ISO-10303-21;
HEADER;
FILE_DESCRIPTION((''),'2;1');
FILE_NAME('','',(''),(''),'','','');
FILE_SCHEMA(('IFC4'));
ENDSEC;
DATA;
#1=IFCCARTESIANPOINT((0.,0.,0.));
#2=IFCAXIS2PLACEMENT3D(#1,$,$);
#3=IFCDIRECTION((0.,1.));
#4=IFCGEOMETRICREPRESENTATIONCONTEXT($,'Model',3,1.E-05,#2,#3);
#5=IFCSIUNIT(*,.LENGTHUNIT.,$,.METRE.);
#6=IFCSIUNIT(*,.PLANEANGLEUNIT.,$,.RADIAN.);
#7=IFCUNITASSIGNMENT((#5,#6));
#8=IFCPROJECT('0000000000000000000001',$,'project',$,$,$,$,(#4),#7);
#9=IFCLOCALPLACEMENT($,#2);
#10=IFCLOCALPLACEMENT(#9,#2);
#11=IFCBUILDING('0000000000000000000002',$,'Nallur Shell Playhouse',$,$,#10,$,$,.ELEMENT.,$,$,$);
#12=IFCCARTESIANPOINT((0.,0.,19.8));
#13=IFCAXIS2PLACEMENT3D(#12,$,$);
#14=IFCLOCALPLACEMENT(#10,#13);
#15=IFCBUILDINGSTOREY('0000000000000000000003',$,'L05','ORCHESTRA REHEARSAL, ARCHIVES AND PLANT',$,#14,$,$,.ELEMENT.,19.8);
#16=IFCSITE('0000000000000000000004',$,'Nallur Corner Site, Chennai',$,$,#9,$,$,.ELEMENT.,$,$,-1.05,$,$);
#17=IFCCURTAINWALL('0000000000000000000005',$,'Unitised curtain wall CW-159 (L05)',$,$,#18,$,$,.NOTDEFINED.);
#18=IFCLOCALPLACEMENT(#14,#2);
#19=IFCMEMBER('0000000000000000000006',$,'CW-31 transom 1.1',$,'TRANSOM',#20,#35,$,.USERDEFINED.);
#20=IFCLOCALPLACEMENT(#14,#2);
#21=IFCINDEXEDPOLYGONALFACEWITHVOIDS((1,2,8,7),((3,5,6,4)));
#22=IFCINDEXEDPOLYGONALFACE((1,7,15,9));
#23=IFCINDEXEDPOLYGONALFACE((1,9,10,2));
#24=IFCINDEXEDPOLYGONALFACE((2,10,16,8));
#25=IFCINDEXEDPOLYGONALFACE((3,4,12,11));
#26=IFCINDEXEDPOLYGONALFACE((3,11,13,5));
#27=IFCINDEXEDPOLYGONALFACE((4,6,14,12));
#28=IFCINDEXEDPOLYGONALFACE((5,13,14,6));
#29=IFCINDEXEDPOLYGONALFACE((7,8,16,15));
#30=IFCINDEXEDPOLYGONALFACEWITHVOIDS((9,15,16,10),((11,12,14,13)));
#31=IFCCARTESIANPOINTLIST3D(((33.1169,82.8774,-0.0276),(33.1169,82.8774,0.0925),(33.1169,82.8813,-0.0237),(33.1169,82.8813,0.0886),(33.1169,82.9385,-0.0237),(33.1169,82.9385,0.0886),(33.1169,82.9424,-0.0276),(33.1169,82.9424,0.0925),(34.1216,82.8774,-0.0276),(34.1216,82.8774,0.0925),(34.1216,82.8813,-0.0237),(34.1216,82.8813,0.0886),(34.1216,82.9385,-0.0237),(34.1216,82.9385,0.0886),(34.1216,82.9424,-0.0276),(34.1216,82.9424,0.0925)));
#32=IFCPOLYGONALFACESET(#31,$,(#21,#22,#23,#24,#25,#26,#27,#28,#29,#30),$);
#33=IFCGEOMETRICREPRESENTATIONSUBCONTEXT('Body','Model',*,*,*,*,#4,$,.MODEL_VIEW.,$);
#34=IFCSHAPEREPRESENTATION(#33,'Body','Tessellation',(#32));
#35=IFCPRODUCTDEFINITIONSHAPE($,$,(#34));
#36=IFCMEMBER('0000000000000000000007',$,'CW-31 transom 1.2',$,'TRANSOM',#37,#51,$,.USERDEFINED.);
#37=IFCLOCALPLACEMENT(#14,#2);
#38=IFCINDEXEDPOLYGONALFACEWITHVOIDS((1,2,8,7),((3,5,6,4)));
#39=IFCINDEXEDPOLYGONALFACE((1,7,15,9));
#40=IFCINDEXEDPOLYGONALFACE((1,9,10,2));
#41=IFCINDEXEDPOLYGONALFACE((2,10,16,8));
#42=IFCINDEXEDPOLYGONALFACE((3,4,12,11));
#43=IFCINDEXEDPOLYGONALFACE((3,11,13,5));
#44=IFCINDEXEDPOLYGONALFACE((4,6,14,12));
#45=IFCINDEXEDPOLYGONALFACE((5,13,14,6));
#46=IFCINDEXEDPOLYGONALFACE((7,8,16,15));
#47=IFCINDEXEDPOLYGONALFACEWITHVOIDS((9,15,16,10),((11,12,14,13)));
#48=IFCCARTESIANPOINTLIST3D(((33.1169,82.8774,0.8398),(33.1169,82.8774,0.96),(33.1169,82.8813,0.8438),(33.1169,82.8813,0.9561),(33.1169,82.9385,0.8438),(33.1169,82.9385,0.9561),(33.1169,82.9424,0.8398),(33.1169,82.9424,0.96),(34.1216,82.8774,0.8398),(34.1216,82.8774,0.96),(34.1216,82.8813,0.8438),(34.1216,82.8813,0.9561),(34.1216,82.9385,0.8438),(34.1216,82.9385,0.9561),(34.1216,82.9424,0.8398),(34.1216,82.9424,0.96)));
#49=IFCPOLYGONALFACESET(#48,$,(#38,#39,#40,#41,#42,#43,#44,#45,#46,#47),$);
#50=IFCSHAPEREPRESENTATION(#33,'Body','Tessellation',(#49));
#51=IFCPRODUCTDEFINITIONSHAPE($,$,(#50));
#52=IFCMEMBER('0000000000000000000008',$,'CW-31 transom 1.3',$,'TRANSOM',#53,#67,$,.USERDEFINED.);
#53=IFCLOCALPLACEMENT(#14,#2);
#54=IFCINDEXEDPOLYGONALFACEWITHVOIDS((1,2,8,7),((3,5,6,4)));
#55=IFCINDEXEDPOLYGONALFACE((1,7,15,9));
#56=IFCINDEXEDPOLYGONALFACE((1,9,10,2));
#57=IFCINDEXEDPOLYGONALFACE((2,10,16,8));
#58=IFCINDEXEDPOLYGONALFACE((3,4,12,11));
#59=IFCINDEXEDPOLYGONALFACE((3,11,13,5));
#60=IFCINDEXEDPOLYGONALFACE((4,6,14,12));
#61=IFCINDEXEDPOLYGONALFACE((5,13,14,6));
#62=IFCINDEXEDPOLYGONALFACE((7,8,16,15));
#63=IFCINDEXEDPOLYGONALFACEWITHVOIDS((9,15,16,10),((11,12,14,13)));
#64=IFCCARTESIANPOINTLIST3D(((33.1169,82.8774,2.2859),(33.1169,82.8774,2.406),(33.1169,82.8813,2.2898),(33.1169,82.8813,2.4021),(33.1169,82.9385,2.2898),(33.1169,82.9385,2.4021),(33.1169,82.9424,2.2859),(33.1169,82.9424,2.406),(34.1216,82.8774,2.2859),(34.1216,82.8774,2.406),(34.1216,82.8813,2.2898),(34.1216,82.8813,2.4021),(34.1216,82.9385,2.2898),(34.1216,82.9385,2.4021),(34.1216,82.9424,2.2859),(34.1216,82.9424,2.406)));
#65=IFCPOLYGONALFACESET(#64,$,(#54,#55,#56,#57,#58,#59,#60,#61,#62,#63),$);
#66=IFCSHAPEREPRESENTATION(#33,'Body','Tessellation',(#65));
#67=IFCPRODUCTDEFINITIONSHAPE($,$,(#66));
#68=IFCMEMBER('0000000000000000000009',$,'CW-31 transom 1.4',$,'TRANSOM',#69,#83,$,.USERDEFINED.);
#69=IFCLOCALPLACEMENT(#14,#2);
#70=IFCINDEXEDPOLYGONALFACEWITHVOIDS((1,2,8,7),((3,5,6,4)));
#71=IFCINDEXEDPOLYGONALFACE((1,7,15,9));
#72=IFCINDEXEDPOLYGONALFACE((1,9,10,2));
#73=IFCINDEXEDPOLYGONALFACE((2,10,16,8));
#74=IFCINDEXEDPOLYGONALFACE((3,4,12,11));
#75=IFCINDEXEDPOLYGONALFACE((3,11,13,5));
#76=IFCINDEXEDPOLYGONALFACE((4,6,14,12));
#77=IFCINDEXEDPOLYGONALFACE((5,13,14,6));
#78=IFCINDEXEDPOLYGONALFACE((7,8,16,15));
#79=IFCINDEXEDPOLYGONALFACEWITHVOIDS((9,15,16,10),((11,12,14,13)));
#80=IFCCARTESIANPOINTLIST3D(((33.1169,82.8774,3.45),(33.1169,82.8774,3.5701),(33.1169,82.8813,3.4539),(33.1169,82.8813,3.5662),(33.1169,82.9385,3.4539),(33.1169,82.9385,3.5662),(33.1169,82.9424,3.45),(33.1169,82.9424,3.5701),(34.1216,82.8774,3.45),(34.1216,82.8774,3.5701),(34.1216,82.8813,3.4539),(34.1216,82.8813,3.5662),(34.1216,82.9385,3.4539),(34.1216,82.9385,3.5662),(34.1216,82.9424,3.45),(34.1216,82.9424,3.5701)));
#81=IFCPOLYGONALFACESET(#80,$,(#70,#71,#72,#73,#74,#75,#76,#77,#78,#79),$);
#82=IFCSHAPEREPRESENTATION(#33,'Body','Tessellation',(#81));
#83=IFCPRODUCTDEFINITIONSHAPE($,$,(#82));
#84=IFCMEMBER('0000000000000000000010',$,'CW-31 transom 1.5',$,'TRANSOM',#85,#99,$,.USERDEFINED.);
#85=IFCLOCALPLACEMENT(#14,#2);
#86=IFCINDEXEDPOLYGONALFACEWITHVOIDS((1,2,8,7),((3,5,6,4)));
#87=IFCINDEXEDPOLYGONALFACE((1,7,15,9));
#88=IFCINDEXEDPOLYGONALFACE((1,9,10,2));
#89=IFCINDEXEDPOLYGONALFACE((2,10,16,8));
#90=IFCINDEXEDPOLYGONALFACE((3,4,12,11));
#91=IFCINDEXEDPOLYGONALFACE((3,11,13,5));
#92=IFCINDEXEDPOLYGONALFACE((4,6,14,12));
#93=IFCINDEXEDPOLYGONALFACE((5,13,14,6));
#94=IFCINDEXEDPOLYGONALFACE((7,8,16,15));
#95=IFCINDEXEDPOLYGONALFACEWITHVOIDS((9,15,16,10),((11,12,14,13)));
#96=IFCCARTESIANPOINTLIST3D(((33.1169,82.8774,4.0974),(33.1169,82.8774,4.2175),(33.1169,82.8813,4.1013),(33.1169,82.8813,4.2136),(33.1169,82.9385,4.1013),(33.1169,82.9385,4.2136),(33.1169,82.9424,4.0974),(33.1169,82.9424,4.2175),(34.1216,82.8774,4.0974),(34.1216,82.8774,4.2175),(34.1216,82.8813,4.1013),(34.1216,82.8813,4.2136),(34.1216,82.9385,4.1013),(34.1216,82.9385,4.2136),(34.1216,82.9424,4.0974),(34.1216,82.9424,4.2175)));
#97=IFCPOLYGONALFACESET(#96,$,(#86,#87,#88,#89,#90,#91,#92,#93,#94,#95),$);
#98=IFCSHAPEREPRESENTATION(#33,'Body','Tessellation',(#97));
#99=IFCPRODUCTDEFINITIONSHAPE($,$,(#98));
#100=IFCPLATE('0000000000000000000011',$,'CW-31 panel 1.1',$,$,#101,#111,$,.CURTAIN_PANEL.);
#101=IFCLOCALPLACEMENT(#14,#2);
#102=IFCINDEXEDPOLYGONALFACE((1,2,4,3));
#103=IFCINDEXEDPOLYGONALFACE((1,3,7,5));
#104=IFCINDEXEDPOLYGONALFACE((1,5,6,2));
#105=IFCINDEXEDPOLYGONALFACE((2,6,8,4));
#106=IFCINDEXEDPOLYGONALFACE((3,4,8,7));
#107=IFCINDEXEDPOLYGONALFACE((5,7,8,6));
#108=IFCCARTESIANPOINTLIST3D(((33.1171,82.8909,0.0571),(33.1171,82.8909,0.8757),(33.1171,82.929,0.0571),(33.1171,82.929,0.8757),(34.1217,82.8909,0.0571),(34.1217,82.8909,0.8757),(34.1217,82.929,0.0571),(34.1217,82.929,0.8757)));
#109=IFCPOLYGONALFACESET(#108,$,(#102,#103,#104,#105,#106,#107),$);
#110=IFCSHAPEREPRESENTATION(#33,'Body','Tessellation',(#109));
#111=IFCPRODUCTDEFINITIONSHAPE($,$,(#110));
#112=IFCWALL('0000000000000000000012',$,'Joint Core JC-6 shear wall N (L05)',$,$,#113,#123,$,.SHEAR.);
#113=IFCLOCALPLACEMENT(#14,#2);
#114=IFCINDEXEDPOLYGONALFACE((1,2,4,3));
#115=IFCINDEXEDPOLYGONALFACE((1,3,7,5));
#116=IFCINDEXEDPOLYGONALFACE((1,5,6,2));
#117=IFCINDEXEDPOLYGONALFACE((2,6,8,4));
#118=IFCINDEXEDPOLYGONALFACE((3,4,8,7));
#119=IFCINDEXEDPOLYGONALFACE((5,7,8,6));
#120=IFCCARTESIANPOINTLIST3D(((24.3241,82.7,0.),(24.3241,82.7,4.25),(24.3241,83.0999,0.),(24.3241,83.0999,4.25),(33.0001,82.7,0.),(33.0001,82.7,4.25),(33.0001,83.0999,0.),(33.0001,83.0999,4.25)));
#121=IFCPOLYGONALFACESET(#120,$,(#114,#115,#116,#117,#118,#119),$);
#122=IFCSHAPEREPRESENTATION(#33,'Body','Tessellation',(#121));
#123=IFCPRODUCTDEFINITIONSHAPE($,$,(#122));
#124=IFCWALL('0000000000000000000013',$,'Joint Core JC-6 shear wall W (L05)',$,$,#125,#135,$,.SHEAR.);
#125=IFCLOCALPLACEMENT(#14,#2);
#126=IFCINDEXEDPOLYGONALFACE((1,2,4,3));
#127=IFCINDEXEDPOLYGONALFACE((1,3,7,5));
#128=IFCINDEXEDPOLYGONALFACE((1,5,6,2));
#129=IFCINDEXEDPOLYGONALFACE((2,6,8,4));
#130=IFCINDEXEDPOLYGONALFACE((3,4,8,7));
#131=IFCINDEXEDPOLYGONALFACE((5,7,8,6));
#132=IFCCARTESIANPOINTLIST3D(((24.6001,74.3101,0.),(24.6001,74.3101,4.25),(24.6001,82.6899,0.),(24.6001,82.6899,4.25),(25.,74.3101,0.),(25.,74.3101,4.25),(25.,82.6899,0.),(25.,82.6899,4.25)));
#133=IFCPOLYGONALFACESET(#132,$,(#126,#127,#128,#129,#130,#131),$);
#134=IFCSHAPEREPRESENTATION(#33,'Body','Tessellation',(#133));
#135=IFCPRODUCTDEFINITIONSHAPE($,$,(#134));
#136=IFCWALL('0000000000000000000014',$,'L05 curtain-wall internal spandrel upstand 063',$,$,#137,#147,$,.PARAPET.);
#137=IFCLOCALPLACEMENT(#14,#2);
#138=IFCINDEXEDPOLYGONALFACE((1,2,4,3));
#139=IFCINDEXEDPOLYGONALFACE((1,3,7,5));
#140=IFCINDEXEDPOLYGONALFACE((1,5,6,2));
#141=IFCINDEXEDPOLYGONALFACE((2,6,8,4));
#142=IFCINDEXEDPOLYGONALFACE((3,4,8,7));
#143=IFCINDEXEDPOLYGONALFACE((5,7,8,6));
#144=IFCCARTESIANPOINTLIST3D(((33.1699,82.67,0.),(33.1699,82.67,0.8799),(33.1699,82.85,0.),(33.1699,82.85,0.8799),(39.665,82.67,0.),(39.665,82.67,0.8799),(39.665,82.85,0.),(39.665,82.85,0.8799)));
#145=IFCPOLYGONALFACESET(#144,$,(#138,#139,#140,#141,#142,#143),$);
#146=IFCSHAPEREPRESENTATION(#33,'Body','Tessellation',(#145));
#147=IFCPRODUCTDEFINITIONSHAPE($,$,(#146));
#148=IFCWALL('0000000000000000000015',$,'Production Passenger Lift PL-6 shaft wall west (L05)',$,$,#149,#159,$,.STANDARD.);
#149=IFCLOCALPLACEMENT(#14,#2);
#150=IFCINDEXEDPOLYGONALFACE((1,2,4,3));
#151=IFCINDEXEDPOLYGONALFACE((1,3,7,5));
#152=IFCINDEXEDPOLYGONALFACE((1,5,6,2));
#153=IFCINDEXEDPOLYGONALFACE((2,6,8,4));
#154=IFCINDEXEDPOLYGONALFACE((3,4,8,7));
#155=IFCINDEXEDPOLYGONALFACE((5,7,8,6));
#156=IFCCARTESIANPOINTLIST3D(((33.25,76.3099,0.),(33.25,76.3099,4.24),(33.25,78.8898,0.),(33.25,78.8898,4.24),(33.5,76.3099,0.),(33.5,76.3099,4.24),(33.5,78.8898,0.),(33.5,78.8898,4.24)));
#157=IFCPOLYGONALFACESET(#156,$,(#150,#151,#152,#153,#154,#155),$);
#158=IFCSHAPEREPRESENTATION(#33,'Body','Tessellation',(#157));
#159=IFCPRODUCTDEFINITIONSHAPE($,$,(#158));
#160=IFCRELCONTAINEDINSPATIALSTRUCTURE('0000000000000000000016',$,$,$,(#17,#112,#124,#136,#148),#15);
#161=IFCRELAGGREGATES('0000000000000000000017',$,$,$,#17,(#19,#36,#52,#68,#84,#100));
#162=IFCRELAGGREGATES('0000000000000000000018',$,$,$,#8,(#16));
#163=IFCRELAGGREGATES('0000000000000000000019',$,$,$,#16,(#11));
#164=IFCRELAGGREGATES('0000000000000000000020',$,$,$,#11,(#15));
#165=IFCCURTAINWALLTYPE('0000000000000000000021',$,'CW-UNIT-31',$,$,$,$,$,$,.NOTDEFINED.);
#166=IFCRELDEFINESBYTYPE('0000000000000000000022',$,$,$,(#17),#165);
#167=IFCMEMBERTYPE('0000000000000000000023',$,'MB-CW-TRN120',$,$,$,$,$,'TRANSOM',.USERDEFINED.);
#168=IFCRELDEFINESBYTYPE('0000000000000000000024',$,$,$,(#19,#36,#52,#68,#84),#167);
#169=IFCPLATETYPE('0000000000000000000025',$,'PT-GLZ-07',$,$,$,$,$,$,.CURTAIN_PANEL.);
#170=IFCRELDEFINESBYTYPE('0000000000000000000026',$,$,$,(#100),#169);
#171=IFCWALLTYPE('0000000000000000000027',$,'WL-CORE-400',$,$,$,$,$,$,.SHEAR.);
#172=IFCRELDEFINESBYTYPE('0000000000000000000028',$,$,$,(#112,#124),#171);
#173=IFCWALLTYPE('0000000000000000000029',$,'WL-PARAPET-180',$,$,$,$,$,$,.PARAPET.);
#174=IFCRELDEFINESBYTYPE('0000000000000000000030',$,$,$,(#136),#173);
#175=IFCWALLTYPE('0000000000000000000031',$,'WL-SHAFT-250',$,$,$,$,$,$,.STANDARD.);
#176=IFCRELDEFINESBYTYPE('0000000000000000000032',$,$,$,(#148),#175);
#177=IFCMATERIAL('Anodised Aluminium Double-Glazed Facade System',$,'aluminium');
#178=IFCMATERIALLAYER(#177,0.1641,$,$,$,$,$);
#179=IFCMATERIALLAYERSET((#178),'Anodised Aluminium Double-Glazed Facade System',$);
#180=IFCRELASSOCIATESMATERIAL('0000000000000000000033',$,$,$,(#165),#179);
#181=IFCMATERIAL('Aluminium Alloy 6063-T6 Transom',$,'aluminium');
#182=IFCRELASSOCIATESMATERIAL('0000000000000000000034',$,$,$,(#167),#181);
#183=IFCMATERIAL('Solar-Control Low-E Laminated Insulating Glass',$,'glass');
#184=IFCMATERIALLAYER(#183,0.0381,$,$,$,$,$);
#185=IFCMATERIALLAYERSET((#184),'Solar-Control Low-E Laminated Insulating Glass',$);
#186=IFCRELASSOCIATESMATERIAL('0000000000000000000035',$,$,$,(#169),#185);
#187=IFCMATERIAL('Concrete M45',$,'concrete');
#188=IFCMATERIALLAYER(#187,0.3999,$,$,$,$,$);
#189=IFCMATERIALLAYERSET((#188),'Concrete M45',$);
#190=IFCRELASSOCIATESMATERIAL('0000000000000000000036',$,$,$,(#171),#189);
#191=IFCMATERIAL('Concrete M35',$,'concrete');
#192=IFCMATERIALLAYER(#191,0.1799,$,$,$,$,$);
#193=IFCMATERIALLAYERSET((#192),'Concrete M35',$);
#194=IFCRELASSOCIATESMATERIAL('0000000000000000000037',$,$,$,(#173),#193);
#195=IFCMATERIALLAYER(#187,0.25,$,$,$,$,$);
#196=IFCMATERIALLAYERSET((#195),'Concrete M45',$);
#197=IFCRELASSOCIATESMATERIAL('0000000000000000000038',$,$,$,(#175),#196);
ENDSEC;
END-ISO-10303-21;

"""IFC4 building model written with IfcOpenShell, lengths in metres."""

from ifc_helpers import new_model, si_unit, direction, frame, frame_2d, origin, origin_2d, place, context, subcontext, project, spatial, rectangle, hollow_rectangle, extrude, material, layer, layer_set, material_profile, profile_set, type_object, element, aggregate, save


model = new_model("IFC4")

# Units and contexts
model_context = context("Model", 3, precision=1e-05, world=origin(), true_north=direction((0.0, 1.0)))
body_context = subcontext(model_context, "Body", "Model", "MODEL_VIEW")
ifc_project = project(units=[si_unit("LENGTHUNIT", "METRE"), si_unit("PLANEANGLEUNIT", "RADIAN")], contexts=[model_context])

# Site, building, storey
site_placement = place(None, origin())
site = spatial("IfcSite", under=ifc_project, at=site_placement, Name="Nallur Corner Site, Chennai", CompositionType="ELEMENT", RefElevation=-1.05)
building_placement = place(site_placement, origin())
building = spatial("IfcBuilding", under=site, at=building_placement, Name="Nallur Shell Playhouse", CompositionType="ELEMENT")
storey_placement = place(building_placement, frame((0.0, 0.0, 19.8)))
storey = spatial("IfcBuildingStorey", under=building, at=storey_placement, Name="L05", Description="ORCHESTRA REHEARSAL, ARCHIVES AND PLANT", CompositionType="ELEMENT", Elevation=19.8)

# Shared definitions
ifc_material_1 = material(Name="Concrete M35", Category="concrete")

# Curtain wall, members, plate
ifc_material_2 = material(Name="Anodised Aluminium Double-Glazed Facade System", Category="aluminium")
ifc_layer_1 = layer(ifc_material_2, 0.1641)
ifc_layer_set_1 = layer_set([ifc_layer_1], Name="Anodised Aluminium Double-Glazed Facade System")
curtain_wall_type = type_object("IfcCurtainWallType", Name="CW-UNIT-31", PredefinedType="NOTDEFINED", material=ifc_layer_set_1)
curtain_wall_placement = place(storey_placement, origin())
curtain_wall = element("IfcCurtainWall", 1, at=curtain_wall_placement, inside=storey, type_object=curtain_wall_type, Name="Unitised curtain wall CW-159 (L05)", PredefinedType="NOTDEFINED")
ifc_material_3 = material(Name="Aluminium Alloy 6063-T6 Transom", Category="aluminium")
ifc_material_profile_1 = material_profile(ifc_material_3, hollow_rectangle(XDim=0.0649, YDim=0.1201, WallThickness=0.0039, at=origin_2d()), Name="ALU 65x120x4")
ifc_profile_set_1 = profile_set([ifc_material_profile_1], Name="Aluminium Alloy 6063-T6 Transom")
member_type_1 = type_object("IfcMemberType", Name="MB-CW-TRN120", ElementType="TRANSOM", PredefinedType="USERDEFINED", material=ifc_profile_set_1)
member_1_placement = place(storey_placement, frame((33.1169, 82.9099, 0.0325), z_axis=(1.0, 0.0, 0.0), x_axis=(0.0, 1.0, 0.0)))
member_1 = element("IfcMember", 2, at=member_1_placement, type_object=member_type_1, Name="CW-31 transom 1.1", ObjectType="TRANSOM", PredefinedType="USERDEFINED", context=body_context, shape_type="SweptSolid", body=[
    extrude(hollow_rectangle(XDim=0.0649, YDim=0.1201, WallThickness=0.0039, at=origin_2d()), origin(), (0.0, 0.0, 1.0), 1.0046),
])
member_2_placement = place(storey_placement, frame((33.1169, 82.9099, 0.8999), z_axis=(1.0, 0.0, 0.0), x_axis=(0.0, 1.0, 0.0)))
member_2 = element("IfcMember", 3, at=member_2_placement, type_object=member_type_1, Name="CW-31 transom 1.2", ObjectType="TRANSOM", PredefinedType="USERDEFINED", context=body_context, shape_type="SweptSolid", body=[
    extrude(hollow_rectangle(XDim=0.0649, YDim=0.1201, WallThickness=0.0039, at=origin_2d()), origin(), (0.0, 0.0, 1.0), 1.0046),
])
member_3_placement = place(storey_placement, frame((33.1169, 82.9099, 2.3459), z_axis=(1.0, 0.0, 0.0), x_axis=(0.0, 1.0, 0.0)))
member_3 = element("IfcMember", 4, at=member_3_placement, type_object=member_type_1, Name="CW-31 transom 1.3", ObjectType="TRANSOM", PredefinedType="USERDEFINED", context=body_context, shape_type="SweptSolid", body=[
    extrude(hollow_rectangle(XDim=0.0649, YDim=0.1201, WallThickness=0.0039, at=origin_2d()), origin(), (0.0, 0.0, 1.0), 1.0046),
])
member_4_placement = place(storey_placement, frame((33.1169, 82.9099, 3.51), z_axis=(1.0, 0.0, 0.0), x_axis=(0.0, 1.0, 0.0)))
member_4 = element("IfcMember", 5, at=member_4_placement, type_object=member_type_1, Name="CW-31 transom 1.4", ObjectType="TRANSOM", PredefinedType="USERDEFINED", context=body_context, shape_type="SweptSolid", body=[
    extrude(hollow_rectangle(XDim=0.0649, YDim=0.1201, WallThickness=0.0039, at=origin_2d()), origin(), (0.0, 0.0, 1.0), 1.0046),
])
member_5_placement = place(storey_placement, frame((33.1169, 82.9099, 4.1575), z_axis=(1.0, 0.0, 0.0), x_axis=(0.0, 1.0, 0.0)))
member_5 = element("IfcMember", 6, at=member_5_placement, type_object=member_type_1, Name="CW-31 transom 1.5", ObjectType="TRANSOM", PredefinedType="USERDEFINED", context=body_context, shape_type="SweptSolid", body=[
    extrude(hollow_rectangle(XDim=0.0649, YDim=0.1201, WallThickness=0.0039, at=origin_2d()), origin(), (0.0, 0.0, 1.0), 1.0046),
])
ifc_material_4 = material(Name="Solar-Control Low-E Laminated Insulating Glass", Category="glass")
ifc_layer_2 = layer(ifc_material_4, 0.0381)
ifc_layer_set_2 = layer_set([ifc_layer_2], Name="Solar-Control Low-E Laminated Insulating Glass")
plate_type = type_object("IfcPlateType", Name="PT-GLZ-07", PredefinedType="CURTAIN_PANEL", material=ifc_layer_set_2)
plate_placement = place(storey_placement, frame((33.6194, 82.9099, 0.0571), z_axis=(0.0, 0.0, 1.0), x_axis=(1.0, 0.0, 0.0)))
plate = element("IfcPlate", 7, at=plate_placement, type_object=plate_type, Name="CW-31 panel 1.1", PredefinedType="CURTAIN_PANEL", context=body_context, shape_type="SweptSolid", body=[
    extrude(rectangle(XDim=1.0046, YDim=0.0381, at=origin_2d()), origin(), (0.0, 0.0, 1.0), 0.8186),
])
aggregate(curtain_wall, [member_1, member_2, member_3, member_4, member_5, plate])

# Walls
ifc_material_5 = material(Name="Concrete M45", Category="concrete")
ifc_layer_3 = layer(ifc_material_5, 0.3999)
ifc_layer_set_3 = layer_set([ifc_layer_3], Name="Concrete M45")
wall_type_1 = type_object("IfcWallType", Name="WL-CORE-400", PredefinedType="SHEAR", material=ifc_layer_set_3)
wall_1_placement = place(storey_placement, frame((33.0, 82.8999, 0.0), z_axis=(0.0, 0.0, 1.0), x_axis=(-1.0, 0.0, 0.0)))
element("IfcWall", 8, at=wall_1_placement, inside=storey, type_object=wall_type_1, Name="Joint Core JC-6 shear wall N (L05)", PredefinedType="SHEAR", context=body_context, shape_type="SweptSolid", body=[
    extrude(rectangle(XDim=8.676, YDim=0.3999, at=frame_2d((4.3379, 0.0))), origin(), (0.0, 0.0, 1.0), 4.25),
])
wall_2_placement = place(storey_placement, frame((24.8, 82.6899, 0.0), z_axis=(0.0, 0.0, 1.0), x_axis=(0.0, -1.0, 0.0)))
element("IfcWall", 9, at=wall_2_placement, inside=storey, type_object=wall_type_1, Name="Joint Core JC-6 shear wall W (L05)", PredefinedType="SHEAR", context=body_context, shape_type="SweptSolid", body=[
    extrude(rectangle(XDim=8.3799, YDim=0.3999, at=frame_2d((4.1899, 0.0))), origin(), (0.0, 0.0, 1.0), 4.25),
])
ifc_layer_4 = layer(ifc_material_1, 0.1799)
ifc_layer_set_4 = layer_set([ifc_layer_4], Name="Concrete M35")
wall_type_2 = type_object("IfcWallType", Name="WL-PARAPET-180", PredefinedType="PARAPET", material=ifc_layer_set_4)
wall_3_placement = place(storey_placement, frame((33.1699, 82.76, 0.0), z_axis=(0.0, 0.0, 1.0), x_axis=(1.0, 0.0, 0.0)))
element("IfcWall", 10, at=wall_3_placement, inside=storey, type_object=wall_type_2, Name="L05 curtain-wall internal spandrel upstand 063", PredefinedType="PARAPET", context=body_context, shape_type="SweptSolid", body=[
    extrude(rectangle(XDim=6.4951, YDim=0.1799, at=frame_2d((3.2476, 0.0))), origin(), (0.0, 0.0, 1.0), 0.8799),
])
ifc_layer_5 = layer(ifc_material_5, 0.25)
ifc_layer_set_5 = layer_set([ifc_layer_5], Name="Concrete M45")
wall_type_3 = type_object("IfcWallType", Name="WL-SHAFT-250", PredefinedType="STANDARD", material=ifc_layer_set_5)
wall_4_placement = place(storey_placement, frame((33.375, 78.8899, 0.0), z_axis=(0.0, 0.0, 1.0), x_axis=(0.0, -1.0, 0.0)))
element("IfcWall", 11, at=wall_4_placement, inside=storey, type_object=wall_type_3, Name="Production Passenger Lift PL-6 shaft wall west (L05)", PredefinedType="STANDARD", context=body_context, shape_type="SweptSolid", body=[
    extrude(rectangle(XDim=2.5798, YDim=0.25, at=frame_2d((1.29, 0.0))), origin(), (0.0, 0.0, 1.0), 4.24),
])

save(model, "model.ifc")
